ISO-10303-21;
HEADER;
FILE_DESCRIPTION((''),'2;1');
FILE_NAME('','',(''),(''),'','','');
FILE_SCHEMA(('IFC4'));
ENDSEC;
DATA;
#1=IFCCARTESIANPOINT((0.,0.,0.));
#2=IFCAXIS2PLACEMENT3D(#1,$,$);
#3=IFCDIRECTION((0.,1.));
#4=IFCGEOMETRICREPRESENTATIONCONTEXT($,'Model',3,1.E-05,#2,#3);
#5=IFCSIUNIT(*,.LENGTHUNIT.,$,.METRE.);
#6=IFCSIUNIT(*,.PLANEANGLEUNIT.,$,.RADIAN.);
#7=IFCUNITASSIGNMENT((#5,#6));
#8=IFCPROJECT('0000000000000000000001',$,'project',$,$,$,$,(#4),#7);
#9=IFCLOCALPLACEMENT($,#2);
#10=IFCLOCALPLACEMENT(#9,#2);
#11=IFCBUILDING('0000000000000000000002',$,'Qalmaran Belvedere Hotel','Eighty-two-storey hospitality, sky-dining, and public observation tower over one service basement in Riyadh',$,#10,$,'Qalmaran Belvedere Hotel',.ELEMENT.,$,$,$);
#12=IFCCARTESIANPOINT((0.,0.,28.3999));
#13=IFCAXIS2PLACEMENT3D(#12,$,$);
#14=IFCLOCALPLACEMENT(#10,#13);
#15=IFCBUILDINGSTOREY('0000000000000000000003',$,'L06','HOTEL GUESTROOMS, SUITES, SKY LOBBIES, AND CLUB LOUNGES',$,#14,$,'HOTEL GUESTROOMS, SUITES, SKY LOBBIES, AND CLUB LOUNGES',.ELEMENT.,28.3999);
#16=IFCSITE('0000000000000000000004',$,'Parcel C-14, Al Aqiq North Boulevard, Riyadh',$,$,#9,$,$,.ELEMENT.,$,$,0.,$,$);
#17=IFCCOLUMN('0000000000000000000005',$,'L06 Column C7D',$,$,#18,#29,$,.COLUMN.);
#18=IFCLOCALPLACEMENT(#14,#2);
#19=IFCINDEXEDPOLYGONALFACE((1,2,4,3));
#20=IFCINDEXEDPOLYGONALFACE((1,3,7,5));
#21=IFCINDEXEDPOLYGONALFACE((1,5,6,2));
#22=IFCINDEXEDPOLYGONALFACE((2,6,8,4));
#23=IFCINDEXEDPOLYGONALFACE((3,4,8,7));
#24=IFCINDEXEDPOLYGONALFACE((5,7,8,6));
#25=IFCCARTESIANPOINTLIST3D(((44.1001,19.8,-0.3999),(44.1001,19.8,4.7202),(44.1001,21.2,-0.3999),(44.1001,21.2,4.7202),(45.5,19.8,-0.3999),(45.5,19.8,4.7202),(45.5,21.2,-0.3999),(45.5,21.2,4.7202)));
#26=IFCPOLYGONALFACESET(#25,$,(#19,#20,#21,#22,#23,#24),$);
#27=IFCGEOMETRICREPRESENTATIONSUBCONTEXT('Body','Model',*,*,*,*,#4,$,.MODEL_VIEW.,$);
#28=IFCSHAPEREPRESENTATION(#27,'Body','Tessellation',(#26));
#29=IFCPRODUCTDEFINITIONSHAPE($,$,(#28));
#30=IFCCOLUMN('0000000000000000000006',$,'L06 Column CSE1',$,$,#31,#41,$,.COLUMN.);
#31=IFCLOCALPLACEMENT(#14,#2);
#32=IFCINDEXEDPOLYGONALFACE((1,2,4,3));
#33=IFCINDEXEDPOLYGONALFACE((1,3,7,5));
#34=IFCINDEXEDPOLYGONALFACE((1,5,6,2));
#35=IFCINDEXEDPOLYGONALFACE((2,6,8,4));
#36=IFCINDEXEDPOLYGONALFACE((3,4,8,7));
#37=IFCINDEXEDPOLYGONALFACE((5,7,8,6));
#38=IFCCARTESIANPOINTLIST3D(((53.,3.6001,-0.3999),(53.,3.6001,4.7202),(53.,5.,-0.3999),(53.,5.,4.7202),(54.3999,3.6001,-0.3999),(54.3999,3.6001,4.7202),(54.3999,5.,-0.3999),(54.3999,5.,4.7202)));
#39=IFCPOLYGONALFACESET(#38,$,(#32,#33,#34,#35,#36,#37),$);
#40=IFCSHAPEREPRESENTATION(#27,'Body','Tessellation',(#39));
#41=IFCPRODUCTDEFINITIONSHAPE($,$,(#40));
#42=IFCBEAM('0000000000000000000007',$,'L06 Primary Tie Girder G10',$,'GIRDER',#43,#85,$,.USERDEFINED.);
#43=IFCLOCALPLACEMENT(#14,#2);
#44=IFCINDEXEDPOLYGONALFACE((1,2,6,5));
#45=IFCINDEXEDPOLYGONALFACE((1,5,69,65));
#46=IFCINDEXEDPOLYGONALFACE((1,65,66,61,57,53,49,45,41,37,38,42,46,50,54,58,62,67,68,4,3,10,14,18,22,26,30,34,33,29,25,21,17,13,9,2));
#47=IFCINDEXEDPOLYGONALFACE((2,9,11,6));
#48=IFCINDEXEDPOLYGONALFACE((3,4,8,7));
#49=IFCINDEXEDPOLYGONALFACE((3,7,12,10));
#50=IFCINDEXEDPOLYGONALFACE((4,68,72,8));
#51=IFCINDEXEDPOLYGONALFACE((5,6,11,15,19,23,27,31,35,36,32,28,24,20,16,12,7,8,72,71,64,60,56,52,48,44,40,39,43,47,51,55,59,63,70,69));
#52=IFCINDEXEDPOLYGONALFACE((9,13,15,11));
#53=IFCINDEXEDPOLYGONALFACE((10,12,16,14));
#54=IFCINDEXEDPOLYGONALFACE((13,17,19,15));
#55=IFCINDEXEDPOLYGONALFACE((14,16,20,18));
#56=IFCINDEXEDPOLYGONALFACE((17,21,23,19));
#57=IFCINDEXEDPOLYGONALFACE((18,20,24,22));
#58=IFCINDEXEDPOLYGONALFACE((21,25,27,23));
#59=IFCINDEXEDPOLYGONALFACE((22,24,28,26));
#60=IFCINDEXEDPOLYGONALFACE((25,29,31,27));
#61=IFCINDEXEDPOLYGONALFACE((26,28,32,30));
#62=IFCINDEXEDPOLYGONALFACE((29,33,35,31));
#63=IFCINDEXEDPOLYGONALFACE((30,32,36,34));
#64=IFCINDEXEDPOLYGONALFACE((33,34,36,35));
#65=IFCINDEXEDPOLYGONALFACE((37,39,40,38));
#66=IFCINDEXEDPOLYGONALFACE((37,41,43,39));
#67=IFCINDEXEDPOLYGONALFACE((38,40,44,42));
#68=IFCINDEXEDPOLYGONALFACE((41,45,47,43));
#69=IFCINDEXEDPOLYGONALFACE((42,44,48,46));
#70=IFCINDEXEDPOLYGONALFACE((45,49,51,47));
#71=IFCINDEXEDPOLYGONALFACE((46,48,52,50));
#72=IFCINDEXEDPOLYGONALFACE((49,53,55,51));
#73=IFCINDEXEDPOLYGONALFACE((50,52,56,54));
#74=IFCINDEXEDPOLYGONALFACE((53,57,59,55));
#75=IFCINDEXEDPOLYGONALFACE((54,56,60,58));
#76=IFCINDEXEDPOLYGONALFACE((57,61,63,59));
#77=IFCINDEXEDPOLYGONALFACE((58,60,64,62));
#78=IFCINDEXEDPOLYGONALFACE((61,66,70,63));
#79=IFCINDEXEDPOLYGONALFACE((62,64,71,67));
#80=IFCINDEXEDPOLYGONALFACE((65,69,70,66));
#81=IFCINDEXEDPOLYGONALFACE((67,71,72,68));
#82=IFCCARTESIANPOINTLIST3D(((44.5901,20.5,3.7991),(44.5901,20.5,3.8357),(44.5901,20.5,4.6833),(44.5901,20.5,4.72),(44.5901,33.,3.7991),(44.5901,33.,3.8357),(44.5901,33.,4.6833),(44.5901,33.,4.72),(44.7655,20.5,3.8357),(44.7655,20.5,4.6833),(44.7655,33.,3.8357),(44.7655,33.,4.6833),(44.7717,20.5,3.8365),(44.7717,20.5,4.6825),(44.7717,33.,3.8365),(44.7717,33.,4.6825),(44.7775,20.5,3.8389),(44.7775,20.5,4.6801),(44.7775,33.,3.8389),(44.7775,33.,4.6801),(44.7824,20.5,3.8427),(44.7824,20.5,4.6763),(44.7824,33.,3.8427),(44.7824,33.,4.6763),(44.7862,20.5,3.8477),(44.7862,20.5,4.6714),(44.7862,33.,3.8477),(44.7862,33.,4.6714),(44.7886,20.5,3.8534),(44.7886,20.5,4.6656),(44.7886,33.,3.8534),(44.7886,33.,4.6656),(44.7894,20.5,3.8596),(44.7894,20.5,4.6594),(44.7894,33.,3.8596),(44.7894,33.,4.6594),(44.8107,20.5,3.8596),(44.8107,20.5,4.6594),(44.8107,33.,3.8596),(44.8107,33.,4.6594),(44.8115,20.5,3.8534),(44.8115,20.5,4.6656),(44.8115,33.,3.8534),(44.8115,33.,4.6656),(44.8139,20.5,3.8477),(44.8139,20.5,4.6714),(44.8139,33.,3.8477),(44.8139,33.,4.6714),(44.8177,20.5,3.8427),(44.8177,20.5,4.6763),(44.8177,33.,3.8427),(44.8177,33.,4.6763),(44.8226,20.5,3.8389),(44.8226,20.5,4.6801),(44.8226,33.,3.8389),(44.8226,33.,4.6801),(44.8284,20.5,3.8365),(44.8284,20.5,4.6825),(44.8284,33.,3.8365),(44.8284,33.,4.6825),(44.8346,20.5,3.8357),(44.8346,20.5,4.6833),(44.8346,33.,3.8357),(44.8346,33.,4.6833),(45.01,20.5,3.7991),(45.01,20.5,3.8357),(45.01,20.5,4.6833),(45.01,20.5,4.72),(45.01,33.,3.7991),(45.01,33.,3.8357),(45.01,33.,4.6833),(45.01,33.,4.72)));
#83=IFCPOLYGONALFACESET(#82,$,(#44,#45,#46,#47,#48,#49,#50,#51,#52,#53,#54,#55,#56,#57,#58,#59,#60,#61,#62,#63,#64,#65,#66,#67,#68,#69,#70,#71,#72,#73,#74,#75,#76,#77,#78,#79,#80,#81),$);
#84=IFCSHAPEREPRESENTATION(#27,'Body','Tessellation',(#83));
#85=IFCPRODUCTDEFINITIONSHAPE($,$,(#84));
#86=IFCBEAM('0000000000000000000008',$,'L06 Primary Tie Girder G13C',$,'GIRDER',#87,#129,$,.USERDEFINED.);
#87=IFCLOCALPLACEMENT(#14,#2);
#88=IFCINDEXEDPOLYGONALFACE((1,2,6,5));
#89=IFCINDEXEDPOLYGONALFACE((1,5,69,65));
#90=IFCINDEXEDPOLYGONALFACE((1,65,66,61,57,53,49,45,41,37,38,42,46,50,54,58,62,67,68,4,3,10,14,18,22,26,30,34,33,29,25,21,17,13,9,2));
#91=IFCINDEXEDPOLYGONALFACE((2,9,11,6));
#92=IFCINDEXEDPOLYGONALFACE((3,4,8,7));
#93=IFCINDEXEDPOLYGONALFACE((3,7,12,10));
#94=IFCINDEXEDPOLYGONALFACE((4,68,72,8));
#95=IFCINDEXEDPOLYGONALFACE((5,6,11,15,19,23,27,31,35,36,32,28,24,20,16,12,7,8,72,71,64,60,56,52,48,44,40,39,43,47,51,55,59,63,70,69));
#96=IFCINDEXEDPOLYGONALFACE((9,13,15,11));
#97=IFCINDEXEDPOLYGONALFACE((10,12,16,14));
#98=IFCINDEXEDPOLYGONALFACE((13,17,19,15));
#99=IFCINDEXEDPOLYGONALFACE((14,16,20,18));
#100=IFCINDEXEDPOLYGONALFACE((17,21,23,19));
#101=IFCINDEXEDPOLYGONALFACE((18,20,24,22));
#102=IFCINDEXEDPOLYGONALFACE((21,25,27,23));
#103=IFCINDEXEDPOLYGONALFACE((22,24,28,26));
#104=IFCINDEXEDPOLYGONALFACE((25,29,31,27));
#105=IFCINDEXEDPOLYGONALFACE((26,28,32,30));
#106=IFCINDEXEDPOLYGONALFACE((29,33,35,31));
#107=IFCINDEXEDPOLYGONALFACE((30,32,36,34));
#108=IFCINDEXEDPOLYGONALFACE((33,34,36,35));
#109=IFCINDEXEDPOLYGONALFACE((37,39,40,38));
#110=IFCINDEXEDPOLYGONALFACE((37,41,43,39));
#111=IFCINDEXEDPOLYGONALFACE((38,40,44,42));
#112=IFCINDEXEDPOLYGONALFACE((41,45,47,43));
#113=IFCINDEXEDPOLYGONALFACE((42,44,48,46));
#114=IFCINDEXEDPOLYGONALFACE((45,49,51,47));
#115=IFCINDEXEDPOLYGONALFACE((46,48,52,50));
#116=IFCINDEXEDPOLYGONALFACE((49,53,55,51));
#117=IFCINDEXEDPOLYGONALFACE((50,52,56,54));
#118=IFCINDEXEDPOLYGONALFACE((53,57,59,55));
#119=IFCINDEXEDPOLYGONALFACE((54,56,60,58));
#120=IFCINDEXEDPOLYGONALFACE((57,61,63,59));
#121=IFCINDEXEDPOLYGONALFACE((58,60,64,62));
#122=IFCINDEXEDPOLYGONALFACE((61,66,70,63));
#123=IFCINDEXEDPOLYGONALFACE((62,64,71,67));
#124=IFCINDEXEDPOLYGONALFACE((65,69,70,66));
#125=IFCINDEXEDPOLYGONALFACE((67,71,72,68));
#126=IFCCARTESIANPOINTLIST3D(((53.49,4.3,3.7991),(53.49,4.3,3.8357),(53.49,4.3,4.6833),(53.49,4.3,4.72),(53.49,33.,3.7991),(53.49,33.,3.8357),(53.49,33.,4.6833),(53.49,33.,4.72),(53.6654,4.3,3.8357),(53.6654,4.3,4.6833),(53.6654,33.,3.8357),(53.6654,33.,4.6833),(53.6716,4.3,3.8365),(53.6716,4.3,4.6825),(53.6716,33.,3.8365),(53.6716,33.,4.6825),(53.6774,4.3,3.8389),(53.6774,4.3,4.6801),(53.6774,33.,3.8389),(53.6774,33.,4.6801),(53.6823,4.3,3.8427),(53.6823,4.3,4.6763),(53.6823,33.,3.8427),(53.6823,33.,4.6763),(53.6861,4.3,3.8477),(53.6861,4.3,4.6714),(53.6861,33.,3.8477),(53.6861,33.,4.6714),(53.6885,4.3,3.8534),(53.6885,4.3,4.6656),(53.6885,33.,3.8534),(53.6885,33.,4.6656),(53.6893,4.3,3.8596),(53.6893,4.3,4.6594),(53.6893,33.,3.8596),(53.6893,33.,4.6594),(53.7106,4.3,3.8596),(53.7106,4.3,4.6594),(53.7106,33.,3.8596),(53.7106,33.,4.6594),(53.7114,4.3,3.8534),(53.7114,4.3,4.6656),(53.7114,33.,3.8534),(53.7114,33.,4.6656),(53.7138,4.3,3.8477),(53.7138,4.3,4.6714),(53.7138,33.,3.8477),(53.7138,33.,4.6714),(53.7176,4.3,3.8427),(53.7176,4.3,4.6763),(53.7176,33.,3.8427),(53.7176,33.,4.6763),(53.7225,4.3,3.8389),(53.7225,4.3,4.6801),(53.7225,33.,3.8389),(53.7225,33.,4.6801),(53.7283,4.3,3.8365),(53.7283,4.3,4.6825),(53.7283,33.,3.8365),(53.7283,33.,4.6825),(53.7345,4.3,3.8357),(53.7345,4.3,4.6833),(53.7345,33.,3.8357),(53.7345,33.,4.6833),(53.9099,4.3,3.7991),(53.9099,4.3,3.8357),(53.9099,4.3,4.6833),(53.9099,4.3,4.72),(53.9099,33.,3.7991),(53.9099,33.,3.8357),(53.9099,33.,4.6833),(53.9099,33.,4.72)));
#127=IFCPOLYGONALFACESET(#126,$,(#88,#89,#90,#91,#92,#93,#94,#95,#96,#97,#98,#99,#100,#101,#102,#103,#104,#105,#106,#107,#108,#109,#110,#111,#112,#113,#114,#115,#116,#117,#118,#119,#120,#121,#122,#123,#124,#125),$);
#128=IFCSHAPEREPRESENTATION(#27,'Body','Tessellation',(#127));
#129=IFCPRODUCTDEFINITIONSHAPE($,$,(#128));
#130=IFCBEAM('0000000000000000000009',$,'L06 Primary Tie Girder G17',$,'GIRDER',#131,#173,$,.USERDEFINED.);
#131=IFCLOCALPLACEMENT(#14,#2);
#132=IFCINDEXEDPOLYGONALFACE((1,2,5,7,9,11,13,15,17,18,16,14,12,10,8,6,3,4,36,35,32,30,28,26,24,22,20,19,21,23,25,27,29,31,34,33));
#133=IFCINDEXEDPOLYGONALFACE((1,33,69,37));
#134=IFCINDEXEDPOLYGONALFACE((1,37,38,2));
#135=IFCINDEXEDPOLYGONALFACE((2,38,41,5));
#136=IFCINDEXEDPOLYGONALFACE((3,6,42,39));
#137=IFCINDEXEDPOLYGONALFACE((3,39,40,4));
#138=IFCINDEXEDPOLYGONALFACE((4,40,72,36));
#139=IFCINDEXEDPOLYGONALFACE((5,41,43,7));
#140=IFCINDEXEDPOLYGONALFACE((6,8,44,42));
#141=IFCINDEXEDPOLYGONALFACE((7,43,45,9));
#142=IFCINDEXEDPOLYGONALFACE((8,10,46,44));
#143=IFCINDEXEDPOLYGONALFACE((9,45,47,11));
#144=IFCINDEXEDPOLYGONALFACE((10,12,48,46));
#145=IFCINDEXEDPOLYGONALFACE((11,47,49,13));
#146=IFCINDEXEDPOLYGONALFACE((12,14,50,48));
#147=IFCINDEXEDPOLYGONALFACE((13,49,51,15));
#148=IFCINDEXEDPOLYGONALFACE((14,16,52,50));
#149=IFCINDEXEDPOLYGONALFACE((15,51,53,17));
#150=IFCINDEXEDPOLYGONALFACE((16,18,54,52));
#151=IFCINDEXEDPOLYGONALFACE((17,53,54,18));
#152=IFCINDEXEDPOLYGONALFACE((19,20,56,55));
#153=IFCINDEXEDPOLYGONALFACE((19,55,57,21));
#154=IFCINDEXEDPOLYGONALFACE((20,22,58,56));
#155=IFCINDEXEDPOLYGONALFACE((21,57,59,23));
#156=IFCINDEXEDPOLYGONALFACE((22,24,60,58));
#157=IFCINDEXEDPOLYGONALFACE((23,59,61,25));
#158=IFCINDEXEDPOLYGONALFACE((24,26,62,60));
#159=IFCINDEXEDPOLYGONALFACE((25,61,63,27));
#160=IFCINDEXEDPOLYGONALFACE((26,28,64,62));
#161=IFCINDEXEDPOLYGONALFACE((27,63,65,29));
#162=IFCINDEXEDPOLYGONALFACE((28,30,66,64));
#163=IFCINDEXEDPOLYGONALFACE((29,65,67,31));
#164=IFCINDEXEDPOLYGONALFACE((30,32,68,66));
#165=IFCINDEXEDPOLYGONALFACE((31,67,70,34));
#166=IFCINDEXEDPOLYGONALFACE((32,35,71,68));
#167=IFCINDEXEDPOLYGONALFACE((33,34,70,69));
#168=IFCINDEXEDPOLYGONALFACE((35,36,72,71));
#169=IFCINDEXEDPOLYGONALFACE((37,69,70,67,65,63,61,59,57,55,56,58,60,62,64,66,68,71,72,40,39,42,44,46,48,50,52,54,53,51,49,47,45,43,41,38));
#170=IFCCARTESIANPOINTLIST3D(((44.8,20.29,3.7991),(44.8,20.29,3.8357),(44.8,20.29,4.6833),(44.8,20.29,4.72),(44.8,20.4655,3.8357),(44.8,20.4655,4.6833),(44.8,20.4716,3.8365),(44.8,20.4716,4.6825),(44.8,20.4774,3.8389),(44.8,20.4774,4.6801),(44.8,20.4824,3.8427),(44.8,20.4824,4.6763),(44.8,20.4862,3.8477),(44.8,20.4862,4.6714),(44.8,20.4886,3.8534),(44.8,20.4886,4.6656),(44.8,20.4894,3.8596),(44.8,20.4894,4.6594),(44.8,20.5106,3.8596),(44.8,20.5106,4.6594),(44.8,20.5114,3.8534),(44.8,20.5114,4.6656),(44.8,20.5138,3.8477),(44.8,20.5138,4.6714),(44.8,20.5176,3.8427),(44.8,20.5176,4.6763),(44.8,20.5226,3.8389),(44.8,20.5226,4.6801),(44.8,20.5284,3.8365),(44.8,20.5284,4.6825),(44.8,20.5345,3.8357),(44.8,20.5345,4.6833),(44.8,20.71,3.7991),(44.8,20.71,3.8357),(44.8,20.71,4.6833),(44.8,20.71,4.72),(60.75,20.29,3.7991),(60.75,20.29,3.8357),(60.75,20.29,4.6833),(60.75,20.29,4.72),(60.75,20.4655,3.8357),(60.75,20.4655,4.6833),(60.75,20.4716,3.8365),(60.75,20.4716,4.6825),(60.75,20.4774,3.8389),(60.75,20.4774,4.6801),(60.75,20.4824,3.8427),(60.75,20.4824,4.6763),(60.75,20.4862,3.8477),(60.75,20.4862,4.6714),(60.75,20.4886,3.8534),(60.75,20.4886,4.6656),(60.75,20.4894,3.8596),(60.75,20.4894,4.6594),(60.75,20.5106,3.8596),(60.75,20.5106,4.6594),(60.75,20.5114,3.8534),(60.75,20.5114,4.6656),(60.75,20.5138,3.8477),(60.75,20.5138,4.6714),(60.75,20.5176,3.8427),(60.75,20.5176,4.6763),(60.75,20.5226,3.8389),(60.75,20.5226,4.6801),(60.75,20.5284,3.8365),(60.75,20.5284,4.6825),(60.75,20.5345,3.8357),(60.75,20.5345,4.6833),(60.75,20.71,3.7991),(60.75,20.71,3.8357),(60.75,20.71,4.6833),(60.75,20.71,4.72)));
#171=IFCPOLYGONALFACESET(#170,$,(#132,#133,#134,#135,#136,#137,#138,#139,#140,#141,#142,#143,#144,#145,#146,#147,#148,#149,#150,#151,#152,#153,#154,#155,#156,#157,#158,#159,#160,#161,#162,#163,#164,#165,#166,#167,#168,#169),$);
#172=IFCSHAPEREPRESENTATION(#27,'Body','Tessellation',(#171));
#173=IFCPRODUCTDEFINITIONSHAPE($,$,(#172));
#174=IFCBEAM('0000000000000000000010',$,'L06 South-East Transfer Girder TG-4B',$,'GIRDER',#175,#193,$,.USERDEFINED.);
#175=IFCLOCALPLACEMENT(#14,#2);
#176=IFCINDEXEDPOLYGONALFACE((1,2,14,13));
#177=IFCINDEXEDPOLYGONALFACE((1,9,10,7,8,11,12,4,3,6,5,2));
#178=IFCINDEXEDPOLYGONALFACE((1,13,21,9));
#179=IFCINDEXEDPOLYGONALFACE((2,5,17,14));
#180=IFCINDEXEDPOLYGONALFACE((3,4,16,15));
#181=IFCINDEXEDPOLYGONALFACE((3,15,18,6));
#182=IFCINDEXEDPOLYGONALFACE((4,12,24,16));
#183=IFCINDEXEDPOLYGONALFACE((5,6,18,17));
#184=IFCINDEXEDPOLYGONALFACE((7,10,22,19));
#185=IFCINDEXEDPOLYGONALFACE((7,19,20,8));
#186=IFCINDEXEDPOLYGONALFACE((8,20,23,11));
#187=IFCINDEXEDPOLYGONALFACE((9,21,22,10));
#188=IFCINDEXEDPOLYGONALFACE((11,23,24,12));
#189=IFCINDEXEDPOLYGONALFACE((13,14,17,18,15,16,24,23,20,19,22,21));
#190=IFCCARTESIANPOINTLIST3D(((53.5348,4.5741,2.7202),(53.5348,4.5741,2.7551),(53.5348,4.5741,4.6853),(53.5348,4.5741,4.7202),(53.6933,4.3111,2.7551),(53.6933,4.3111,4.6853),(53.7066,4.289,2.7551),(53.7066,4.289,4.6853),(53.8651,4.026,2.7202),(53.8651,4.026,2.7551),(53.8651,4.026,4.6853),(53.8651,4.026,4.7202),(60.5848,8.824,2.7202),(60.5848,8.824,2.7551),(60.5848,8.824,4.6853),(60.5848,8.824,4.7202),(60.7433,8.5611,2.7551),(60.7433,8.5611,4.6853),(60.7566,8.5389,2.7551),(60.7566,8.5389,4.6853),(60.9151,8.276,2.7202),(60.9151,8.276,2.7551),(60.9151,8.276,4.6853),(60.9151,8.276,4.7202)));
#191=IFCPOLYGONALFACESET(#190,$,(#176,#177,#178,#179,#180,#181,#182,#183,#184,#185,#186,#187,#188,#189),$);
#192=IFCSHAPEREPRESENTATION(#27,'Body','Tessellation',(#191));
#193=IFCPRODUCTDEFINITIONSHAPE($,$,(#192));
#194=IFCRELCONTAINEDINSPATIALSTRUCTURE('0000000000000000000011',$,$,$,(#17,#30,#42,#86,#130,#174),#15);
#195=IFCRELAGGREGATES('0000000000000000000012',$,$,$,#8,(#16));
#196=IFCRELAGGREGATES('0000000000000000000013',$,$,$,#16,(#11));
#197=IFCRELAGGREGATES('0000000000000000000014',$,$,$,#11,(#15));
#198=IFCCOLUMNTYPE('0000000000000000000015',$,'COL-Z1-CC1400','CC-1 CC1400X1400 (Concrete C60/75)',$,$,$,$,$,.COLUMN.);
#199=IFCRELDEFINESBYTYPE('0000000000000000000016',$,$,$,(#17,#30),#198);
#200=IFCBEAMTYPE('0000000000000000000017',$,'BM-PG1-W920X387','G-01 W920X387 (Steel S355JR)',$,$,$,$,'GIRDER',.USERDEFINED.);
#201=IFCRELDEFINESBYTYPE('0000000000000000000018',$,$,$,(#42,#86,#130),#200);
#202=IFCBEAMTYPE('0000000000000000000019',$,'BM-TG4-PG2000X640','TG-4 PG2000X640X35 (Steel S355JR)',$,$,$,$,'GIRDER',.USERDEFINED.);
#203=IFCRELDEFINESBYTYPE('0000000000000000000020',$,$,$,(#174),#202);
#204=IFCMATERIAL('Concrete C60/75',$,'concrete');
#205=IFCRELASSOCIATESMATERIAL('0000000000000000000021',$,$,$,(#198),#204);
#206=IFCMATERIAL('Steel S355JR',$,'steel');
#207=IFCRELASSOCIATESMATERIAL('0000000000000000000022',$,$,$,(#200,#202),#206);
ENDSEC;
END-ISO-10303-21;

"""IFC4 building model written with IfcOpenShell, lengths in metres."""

from ifc_helpers import new_model, si_unit, direction, frame, origin, origin_2d, place, context, subcontext, project, spatial, rectangle, i_section, extrude, material, material_profile, profile_set, type_object, element, save


model = new_model("IFC4")

# Units and contexts
model_context = context("Model", 3, precision=1e-05, world=origin(), true_north=direction((0.0, 1.0)))
body_context = subcontext(model_context, "Body", "Model", "MODEL_VIEW")
ifc_project = project(units=[si_unit("LENGTHUNIT", "METRE"), si_unit("PLANEANGLEUNIT", "RADIAN")], contexts=[model_context])

# Site, building, storey
site_placement = place(None, origin())
site = spatial("IfcSite", under=ifc_project, at=site_placement, Name="Parcel C-14, Al Aqiq North Boulevard, Riyadh", CompositionType="ELEMENT", RefElevation=0.0)
building_placement = place(site_placement, origin())
building = spatial("IfcBuilding", under=site, at=building_placement, Name="Qalmaran Belvedere Hotel", Description="Eighty-two-storey hospitality, sky-dining, and public observation tower over one service basement in Riyadh", LongName="Qalmaran Belvedere Hotel", CompositionType="ELEMENT")
storey_placement = place(building_placement, frame((0.0, 0.0, 28.3999)))
storey = spatial("IfcBuildingStorey", under=building, at=storey_placement, Name="L06", Description="HOTEL GUESTROOMS, SUITES, SKY LOBBIES, AND CLUB LOUNGES", LongName="HOTEL GUESTROOMS, SUITES, SKY LOBBIES, AND CLUB LOUNGES", CompositionType="ELEMENT", Elevation=28.3999)

# Columns
ifc_material_1 = material(Name="Concrete C60/75", Category="concrete")
ifc_material_profile_1 = material_profile(ifc_material_1, rectangle(XDim=1.3999, YDim=1.3999, at=origin_2d()), Name="CC1400X1400")
ifc_profile_set_1 = profile_set([ifc_material_profile_1], Name="Concrete C60/75")
column_type = type_object("IfcColumnType", Name="COL-Z1-CC1400", Description="CC-1 CC1400X1400 (Concrete C60/75)", PredefinedType="COLUMN", material=ifc_profile_set_1)
for number, where, z_axis, x_axis, name in (
    (1, (44.8, 20.5, -0.3999), (0.0, 0.0, 1.0), (1.0, 0.0, 0.0), "L06 Column C7D"),
    (2, (53.7, 4.3, -0.3999), (0.0, 0.0, 1.0), (1.0, 0.0, 0.0), "L06 Column CSE1"),
):
    element("IfcColumn", number, at=place(storey_placement, frame(where, z_axis=z_axis, x_axis=x_axis)), inside=storey, type_object=column_type, Name=name, PredefinedType="COLUMN", context=body_context, shape_type="SweptSolid", body=[
        extrude(rectangle(XDim=1.3999, YDim=1.3999, at=origin_2d()), origin(), (0.0, 0.0, 1.0), 5.1201),
    ])

# Beams
ifc_material_2 = material(Name="Steel S355JR", Category="steel")
ifc_material_profile_2 = material_profile(ifc_material_2, i_section(OverallWidth=0.4199, OverallDepth=0.9209, WebThickness=0.0212, FlangeThickness=0.0366, FilletRadius=0.0239, at=origin_2d()), Name="W920X387")
ifc_profile_set_2 = profile_set([ifc_material_profile_2], Name="Steel S355JR")
beam_type_1 = type_object("IfcBeamType", Name="BM-PG1-W920X387", Description="G-01 W920X387 (Steel S355JR)", ElementType="GIRDER", PredefinedType="USERDEFINED", material=ifc_profile_set_2)
beam_1_placement = place(storey_placement, frame((44.8, 20.5, 4.2595), z_axis=(0.0, 1.0, 0.0), x_axis=(-1.0, 0.0, 0.0)))
element("IfcBeam", 3, at=beam_1_placement, inside=storey, type_object=beam_type_1, Name="L06 Primary Tie Girder G10", ObjectType="GIRDER", PredefinedType="USERDEFINED", context=body_context, shape_type="SweptSolid", body=[
    extrude(i_section(OverallWidth=0.4199, OverallDepth=0.9209, WebThickness=0.0212, FlangeThickness=0.0366, FilletRadius=0.0239, at=origin_2d()), origin(), (0.0, 0.0, 1.0), 12.5),
])
beam_2_placement = place(storey_placement, frame((53.7, 4.3, 4.2595), z_axis=(0.0, 1.0, 0.0), x_axis=(-1.0, 0.0, 0.0)))
element("IfcBeam", 4, at=beam_2_placement, inside=storey, type_object=beam_type_1, Name="L06 Primary Tie Girder G13C", ObjectType="GIRDER", PredefinedType="USERDEFINED", context=body_context, shape_type="SweptSolid", body=[
    extrude(i_section(OverallWidth=0.4199, OverallDepth=0.9209, WebThickness=0.0212, FlangeThickness=0.0366, FilletRadius=0.0239, at=origin_2d()), origin(), (0.0, 0.0, 1.0), 28.7),
])
beam_3_placement = place(storey_placement, frame((44.8, 20.5, 4.2595), z_axis=(1.0, 0.0, 0.0), x_axis=(0.0, 1.0, 0.0)))
element("IfcBeam", 5, at=beam_3_placement, inside=storey, type_object=beam_type_1, Name="L06 Primary Tie Girder G17", ObjectType="GIRDER", PredefinedType="USERDEFINED", context=body_context, shape_type="SweptSolid", body=[
    extrude(i_section(OverallWidth=0.4199, OverallDepth=0.9209, WebThickness=0.0212, FlangeThickness=0.0366, FilletRadius=0.0239, at=origin_2d()), origin(), (0.0, 0.0, 1.0), 15.95),
])
ifc_material_profile_3 = material_profile(ifc_material_2, i_section(OverallWidth=0.6399, OverallDepth=2.0, WebThickness=0.0259, FlangeThickness=0.0349, at=origin_2d()), Name="PG2000X640X35")
ifc_profile_set_3 = profile_set([ifc_material_profile_3], Name="Steel S355JR")
beam_type_2 = type_object("IfcBeamType", Name="BM-TG4-PG2000X640", Description="TG-4 PG2000X640X35 (Steel S355JR)", ElementType="GIRDER", PredefinedType="USERDEFINED", material=ifc_profile_set_3)
beam_4_placement = place(storey_placement, frame((53.7, 4.3, 3.7202), z_axis=(0.856421, 0.516278, 0.0), x_axis=(-0.516278, 0.856421, 0.0)))
element("IfcBeam", 6, at=beam_4_placement, inside=storey, type_object=beam_type_2, Name="L06 South-East Transfer Girder TG-4B", ObjectType="GIRDER", PredefinedType="USERDEFINED", context=body_context, shape_type="SweptSolid", body=[
    extrude(i_section(OverallWidth=0.6399, OverallDepth=2.0, WebThickness=0.0259, FlangeThickness=0.0349, at=origin_2d()), origin(), (0.0, 0.0, 1.0), 8.2319),
])

save(model, "model.ifc")
